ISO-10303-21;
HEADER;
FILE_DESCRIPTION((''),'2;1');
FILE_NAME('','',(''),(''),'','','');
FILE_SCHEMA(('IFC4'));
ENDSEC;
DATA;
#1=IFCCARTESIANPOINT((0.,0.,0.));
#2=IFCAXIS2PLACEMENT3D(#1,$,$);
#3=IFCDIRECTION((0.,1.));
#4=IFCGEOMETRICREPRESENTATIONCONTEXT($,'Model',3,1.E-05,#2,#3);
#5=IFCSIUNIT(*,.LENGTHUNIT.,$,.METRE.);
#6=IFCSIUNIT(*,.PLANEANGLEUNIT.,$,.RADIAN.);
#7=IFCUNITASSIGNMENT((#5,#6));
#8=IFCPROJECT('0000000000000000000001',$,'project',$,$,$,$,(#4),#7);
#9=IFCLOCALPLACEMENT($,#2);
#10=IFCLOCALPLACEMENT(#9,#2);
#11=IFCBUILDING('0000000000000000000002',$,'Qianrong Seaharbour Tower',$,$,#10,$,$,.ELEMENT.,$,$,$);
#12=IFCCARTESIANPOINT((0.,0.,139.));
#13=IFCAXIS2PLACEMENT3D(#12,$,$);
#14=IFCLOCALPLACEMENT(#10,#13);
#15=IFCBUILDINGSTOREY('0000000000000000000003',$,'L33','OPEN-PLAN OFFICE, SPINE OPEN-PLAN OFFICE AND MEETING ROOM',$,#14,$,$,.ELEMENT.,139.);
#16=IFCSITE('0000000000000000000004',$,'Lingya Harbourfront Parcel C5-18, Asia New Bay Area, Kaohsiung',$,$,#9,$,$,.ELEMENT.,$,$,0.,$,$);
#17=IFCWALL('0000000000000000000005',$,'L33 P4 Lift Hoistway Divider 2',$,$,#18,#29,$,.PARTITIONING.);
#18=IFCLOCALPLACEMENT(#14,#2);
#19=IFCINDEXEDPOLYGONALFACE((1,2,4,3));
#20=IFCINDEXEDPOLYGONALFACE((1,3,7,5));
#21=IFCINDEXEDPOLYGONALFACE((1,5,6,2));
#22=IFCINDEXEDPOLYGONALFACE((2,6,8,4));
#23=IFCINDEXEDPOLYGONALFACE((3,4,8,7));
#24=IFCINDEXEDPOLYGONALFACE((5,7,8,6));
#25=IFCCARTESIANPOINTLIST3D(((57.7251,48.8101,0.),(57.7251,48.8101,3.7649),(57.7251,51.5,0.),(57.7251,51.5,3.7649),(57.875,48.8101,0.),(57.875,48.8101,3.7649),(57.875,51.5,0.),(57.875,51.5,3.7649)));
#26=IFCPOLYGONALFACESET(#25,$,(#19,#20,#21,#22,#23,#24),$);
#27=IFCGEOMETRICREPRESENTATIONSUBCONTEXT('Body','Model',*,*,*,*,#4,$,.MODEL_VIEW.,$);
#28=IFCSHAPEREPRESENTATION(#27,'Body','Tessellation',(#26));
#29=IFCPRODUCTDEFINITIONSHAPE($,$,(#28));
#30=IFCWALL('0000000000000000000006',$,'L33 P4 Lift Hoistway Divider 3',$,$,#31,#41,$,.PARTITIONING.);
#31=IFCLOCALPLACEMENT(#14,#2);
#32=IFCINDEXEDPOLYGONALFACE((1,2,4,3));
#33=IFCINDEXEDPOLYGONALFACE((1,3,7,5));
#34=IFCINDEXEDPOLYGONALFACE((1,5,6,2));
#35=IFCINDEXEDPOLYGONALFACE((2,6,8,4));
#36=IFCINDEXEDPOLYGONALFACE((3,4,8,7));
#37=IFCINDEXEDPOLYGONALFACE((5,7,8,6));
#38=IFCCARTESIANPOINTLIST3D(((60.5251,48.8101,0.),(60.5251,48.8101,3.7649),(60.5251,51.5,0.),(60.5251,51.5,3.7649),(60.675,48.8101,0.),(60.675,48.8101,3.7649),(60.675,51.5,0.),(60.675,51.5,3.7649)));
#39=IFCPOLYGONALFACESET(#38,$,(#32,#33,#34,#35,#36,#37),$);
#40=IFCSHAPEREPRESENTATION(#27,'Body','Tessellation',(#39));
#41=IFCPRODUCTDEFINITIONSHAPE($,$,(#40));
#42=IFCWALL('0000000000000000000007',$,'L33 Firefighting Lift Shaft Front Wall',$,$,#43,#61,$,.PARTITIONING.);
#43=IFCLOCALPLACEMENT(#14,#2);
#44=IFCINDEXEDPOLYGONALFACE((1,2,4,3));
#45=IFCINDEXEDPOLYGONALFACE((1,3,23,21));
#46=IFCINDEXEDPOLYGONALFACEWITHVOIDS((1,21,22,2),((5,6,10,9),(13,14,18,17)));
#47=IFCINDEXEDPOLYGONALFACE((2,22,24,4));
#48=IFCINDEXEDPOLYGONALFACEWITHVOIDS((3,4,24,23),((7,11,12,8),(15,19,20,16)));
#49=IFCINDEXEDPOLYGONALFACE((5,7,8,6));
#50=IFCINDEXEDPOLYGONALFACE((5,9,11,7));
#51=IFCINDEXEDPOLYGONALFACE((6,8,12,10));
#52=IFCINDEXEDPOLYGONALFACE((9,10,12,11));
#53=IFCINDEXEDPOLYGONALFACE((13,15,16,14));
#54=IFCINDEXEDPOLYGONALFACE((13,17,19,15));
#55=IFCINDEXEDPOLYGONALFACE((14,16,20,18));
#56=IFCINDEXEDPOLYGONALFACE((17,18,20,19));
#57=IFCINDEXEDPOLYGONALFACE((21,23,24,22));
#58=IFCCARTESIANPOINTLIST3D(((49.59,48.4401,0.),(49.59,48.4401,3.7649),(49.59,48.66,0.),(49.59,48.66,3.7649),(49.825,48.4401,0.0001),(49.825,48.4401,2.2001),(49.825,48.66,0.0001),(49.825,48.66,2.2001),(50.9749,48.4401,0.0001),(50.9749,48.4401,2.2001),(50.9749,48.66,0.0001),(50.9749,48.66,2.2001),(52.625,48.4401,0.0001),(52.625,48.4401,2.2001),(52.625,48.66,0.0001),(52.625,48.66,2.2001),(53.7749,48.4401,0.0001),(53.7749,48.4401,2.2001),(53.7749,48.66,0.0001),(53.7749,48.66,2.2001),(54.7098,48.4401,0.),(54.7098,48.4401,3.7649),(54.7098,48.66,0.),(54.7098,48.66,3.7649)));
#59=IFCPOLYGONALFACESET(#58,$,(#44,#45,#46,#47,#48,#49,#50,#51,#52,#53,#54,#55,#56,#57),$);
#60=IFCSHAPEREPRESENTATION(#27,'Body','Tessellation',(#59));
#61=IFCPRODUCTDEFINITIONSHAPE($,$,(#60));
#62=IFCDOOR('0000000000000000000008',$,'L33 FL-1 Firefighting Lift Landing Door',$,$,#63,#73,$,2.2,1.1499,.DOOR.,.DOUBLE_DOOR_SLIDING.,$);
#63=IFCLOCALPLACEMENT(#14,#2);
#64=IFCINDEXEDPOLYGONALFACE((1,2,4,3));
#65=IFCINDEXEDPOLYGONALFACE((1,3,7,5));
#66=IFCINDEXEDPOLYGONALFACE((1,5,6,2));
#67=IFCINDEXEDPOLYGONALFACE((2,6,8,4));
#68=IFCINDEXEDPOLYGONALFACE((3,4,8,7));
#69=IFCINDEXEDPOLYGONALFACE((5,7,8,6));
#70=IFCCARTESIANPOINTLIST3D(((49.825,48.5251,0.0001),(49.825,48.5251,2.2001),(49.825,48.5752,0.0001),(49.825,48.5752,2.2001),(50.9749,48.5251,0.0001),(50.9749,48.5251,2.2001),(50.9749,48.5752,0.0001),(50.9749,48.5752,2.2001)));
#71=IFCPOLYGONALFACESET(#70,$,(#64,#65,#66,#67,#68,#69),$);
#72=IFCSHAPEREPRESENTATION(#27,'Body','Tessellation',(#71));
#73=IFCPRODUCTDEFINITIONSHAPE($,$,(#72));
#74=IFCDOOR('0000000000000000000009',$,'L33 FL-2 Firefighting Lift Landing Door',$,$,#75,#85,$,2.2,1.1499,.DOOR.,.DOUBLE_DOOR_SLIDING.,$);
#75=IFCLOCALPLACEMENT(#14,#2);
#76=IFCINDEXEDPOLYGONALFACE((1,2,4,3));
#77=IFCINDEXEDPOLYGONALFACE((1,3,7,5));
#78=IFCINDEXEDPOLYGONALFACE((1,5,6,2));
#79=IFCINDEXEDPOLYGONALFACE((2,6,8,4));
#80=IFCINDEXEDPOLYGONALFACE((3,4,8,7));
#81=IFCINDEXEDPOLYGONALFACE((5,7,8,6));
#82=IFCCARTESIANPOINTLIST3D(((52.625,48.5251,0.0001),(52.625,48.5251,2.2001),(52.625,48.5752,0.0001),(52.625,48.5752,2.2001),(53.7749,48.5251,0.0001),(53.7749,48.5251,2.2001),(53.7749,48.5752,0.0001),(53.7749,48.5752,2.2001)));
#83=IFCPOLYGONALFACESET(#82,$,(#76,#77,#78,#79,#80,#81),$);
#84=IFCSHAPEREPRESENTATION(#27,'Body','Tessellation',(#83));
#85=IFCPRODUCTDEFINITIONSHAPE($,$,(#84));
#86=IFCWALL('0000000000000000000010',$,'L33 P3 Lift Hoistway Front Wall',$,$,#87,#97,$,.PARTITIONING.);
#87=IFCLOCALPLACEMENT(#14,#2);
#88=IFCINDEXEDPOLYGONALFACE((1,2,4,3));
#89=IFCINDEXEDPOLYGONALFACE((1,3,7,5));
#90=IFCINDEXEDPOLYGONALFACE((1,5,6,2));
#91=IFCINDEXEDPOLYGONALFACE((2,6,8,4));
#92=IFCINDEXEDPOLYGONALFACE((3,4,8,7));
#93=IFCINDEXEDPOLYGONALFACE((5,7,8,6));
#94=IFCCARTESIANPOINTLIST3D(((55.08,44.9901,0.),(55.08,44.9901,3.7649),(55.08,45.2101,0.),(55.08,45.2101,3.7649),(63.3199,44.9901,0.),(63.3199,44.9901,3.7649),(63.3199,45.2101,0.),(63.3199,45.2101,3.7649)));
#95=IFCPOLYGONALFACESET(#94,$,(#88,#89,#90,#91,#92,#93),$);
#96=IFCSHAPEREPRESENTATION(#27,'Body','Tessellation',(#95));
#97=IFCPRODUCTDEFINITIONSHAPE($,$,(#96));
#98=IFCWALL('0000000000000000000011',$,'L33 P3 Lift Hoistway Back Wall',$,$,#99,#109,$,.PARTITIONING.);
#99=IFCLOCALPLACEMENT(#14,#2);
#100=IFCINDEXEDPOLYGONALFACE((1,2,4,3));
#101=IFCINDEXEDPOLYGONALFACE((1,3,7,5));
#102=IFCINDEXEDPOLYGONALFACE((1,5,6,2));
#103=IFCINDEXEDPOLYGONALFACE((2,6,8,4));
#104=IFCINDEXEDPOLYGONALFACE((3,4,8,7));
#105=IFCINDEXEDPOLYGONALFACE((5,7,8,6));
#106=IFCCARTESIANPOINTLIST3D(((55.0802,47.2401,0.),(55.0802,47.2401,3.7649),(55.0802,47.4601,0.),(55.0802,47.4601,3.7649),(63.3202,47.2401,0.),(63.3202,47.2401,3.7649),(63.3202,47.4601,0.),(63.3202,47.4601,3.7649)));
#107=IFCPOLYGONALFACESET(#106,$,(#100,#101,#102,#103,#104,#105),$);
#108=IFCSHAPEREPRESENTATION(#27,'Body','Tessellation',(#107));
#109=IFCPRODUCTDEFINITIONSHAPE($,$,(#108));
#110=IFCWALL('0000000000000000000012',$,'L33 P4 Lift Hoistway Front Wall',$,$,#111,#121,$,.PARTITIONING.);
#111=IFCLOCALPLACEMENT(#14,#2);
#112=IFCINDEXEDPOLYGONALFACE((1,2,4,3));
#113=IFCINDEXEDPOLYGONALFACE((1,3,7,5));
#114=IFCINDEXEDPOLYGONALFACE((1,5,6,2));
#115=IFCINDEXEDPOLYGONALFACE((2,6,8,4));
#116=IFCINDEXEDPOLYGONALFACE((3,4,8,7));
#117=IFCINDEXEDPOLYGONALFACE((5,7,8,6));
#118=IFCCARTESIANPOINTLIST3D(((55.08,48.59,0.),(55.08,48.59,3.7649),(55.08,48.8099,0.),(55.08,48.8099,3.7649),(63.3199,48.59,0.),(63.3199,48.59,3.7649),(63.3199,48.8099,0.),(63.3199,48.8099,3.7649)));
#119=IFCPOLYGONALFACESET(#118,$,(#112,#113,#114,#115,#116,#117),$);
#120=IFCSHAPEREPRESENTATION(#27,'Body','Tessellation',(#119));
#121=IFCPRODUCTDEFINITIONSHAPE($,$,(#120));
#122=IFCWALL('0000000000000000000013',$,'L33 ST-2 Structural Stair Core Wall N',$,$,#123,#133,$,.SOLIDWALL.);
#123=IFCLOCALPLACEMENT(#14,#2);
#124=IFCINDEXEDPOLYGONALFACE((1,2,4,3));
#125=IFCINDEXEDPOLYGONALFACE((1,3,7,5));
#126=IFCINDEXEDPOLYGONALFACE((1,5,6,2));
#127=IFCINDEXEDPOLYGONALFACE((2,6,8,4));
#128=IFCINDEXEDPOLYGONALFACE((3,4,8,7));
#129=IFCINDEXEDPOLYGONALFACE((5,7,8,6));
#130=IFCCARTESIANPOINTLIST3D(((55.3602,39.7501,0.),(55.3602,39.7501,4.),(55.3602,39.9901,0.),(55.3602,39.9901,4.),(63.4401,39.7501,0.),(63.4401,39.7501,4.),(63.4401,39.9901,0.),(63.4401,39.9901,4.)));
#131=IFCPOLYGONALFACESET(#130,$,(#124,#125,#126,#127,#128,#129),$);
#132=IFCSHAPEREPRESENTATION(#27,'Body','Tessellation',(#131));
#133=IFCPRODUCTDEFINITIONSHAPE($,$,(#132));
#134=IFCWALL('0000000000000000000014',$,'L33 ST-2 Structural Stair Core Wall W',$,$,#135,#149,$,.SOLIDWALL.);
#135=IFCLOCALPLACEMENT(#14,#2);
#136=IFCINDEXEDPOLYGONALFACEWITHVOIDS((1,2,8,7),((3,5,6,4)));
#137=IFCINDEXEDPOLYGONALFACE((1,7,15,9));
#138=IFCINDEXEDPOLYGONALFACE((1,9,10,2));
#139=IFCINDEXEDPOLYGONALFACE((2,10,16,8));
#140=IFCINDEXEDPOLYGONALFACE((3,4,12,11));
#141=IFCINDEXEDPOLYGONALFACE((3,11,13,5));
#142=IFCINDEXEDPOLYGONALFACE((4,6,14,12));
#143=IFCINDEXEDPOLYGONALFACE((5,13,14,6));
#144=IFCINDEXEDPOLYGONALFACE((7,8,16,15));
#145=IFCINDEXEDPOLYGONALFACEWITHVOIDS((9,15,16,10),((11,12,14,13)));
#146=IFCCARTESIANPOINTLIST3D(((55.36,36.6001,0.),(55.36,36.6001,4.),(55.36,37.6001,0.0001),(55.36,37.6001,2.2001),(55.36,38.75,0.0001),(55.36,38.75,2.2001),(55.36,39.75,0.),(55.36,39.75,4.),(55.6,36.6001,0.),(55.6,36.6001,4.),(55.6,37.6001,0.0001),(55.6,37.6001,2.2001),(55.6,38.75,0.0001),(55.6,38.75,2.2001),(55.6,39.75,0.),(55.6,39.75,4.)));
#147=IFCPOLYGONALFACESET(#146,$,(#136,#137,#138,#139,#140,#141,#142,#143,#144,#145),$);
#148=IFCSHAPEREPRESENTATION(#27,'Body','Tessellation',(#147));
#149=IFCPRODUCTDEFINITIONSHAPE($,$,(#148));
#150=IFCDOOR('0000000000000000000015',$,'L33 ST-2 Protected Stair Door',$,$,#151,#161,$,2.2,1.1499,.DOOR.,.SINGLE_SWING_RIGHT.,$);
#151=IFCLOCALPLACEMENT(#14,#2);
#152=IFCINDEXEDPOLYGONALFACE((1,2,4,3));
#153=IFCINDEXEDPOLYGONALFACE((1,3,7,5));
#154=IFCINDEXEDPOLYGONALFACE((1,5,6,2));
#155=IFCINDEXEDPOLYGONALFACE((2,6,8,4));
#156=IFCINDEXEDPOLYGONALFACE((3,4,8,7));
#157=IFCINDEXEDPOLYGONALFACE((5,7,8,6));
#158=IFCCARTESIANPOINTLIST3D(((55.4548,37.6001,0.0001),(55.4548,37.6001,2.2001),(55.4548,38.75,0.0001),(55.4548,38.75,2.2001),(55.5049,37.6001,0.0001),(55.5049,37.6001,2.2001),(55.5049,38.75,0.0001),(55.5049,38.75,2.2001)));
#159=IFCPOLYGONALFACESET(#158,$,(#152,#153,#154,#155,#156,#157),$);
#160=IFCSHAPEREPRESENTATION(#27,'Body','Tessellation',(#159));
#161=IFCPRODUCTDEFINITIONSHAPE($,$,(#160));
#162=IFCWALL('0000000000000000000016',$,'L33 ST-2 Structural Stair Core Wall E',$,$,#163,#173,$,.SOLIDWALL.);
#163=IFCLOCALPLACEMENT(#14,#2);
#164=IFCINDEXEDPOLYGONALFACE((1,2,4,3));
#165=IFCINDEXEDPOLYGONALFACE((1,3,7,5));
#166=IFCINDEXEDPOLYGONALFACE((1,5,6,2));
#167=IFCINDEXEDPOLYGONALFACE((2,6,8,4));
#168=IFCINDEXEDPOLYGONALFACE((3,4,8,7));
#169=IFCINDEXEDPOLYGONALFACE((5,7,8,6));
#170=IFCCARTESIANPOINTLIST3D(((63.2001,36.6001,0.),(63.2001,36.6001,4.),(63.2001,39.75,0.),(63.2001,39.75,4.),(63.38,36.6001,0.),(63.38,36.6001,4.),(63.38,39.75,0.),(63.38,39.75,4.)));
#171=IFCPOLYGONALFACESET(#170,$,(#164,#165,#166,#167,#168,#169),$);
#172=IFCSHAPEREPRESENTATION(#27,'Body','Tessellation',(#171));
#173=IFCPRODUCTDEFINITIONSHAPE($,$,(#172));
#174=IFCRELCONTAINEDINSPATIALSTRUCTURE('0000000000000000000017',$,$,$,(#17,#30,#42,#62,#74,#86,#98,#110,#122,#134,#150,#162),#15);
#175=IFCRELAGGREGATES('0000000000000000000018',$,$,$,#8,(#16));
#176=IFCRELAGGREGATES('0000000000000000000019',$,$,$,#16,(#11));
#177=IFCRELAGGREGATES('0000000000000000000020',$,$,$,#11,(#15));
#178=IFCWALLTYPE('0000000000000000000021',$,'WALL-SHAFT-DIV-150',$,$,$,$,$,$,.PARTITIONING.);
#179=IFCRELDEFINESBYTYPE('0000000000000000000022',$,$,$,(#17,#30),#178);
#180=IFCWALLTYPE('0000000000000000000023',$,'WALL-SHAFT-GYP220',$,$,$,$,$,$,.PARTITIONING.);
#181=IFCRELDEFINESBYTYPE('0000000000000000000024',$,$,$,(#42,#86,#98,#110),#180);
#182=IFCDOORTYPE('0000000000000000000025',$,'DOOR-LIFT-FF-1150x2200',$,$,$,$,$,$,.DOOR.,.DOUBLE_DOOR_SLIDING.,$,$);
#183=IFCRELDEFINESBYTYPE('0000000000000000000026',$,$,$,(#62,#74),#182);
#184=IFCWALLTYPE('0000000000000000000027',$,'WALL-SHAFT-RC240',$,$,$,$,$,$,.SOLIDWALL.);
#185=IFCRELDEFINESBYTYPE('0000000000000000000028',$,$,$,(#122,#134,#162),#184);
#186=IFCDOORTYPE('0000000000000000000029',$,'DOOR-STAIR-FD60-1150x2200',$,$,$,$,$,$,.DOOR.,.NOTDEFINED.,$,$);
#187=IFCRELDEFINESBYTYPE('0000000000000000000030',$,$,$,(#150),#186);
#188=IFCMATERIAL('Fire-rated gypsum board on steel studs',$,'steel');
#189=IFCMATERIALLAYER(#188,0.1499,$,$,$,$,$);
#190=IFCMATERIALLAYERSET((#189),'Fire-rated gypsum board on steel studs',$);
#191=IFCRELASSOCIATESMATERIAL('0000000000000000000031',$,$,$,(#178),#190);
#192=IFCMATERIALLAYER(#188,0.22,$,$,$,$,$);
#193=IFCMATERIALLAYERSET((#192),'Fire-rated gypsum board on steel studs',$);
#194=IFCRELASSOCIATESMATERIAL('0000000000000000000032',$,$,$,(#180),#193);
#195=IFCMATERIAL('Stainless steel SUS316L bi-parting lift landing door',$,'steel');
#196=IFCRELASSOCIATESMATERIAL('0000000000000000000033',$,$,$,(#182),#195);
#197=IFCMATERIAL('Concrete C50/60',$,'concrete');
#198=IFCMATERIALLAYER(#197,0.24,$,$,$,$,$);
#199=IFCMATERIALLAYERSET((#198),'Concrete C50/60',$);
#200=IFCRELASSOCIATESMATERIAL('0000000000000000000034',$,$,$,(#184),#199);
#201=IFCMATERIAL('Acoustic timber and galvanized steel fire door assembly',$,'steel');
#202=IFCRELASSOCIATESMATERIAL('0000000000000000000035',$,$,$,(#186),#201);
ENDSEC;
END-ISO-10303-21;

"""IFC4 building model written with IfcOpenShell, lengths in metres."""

from ifc_helpers import new_model, si_unit, direction, frame, frame_2d, origin, place, context, subcontext, project, spatial, rectangle, extrude, material, layer, layer_set, type_object, element, fill, save


model = new_model("IFC4")

# Units and contexts
model_context = context("Model", 3, precision=1e-05, world=origin(), true_north=direction((0.0, 1.0)))
body_context = subcontext(model_context, "Body", "Model", "MODEL_VIEW")
ifc_project = project(units=[si_unit("LENGTHUNIT", "METRE"), si_unit("PLANEANGLEUNIT", "RADIAN")], contexts=[model_context])

# Site, building, storey
site_placement = place(None, origin())
site = spatial("IfcSite", under=ifc_project, at=site_placement, Name="Lingya Harbourfront Parcel C5-18, Asia New Bay Area, Kaohsiung", CompositionType="ELEMENT", RefElevation=0.0)
building_placement = place(site_placement, origin())
building = spatial("IfcBuilding", under=site, at=building_placement, Name="Qianrong Seaharbour Tower", CompositionType="ELEMENT")
storey_placement = place(building_placement, frame((0.0, 0.0, 139.0)))
storey = spatial("IfcBuildingStorey", under=building, at=storey_placement, Name="L33", Description="OPEN-PLAN OFFICE, SPINE OPEN-PLAN OFFICE AND MEETING ROOM", CompositionType="ELEMENT", Elevation=139.0)

# Shared definitions
ifc_material_1 = material(Name="Acoustic timber and galvanized steel fire door assembly", Category="steel")

# Walls
ifc_material_2 = material(Name="Fire-rated gypsum board on steel studs", Category="steel")
ifc_layer_1 = layer(ifc_material_2, 0.1499)
ifc_layer_set_1 = layer_set([ifc_layer_1], Name="Fire-rated gypsum board on steel studs")
wall_type_1 = type_object("IfcWallType", Name="WALL-SHAFT-DIV-150", PredefinedType="PARTITIONING", material=ifc_layer_set_1)
for number, where, z_axis, x_axis, name in (
    (1, (57.8, 48.8101, 0.0), (0.0, 0.0, 1.0), (0.0, 1.0, 0.0), "L33 P4 Lift Hoistway Divider 2"),
    (2, (60.6001, 48.8101, 0.0), (0.0, 0.0, 1.0), (0.0, 1.0, 0.0), "L33 P4 Lift Hoistway Divider 3"),
):
    element("IfcWall", number, at=place(storey_placement, frame(where, z_axis=z_axis, x_axis=x_axis)), inside=storey, type_object=wall_type_1, Name=name, PredefinedType="PARTITIONING", context=body_context, shape_type="SweptSolid", body=[
        extrude(rectangle(XDim=2.6899, YDim=0.1499, at=frame_2d((1.345, 0.0))), origin(), (0.0, 0.0, 1.0), 3.7649),
    ])

# Wall, openings, doors
ifc_layer_2 = layer(ifc_material_2, 0.22)
ifc_layer_set_2 = layer_set([ifc_layer_2], Name="Fire-rated gypsum board on steel studs")
wall_type_2 = type_object("IfcWallType", Name="WALL-SHAFT-GYP220", PredefinedType="PARTITIONING", material=ifc_layer_set_2)
wall_1_placement = place(storey_placement, frame((54.71, 48.55, 0.0), z_axis=(0.0, 0.0, 1.0), x_axis=(-1.0, 0.0, 0.0)))
wall_1 = element("IfcWall", 3, at=wall_1_placement, inside=storey, type_object=wall_type_2, Name="L33 Firefighting Lift Shaft Front Wall", PredefinedType="PARTITIONING", context=body_context, shape_type="SweptSolid", body=[
    extrude(rectangle(XDim=5.1199, YDim=0.22, at=frame_2d((2.5601, 0.0))), origin(), (0.0, 0.0, 1.0), 3.7649),
])
opening_1_placement = place(wall_1_placement, frame((3.7351, 0.0, 0.0)))
opening_1 = element("IfcOpeningElement", 4, at=opening_1_placement, cuts=wall_1, PredefinedType="OPENING", context=body_context, shape_type="SweptSolid", body=[
    extrude(rectangle(XDim=1.1499, YDim=2.2, at=frame_2d((0.575, 1.1001))), frame((0.0, 0.1201, 0.0), z_axis=(0.0, -1.0, 0.0), x_axis=(1.0, 0.0, 0.0)), (0.0, 0.0, 1.0), 0.24),
])
opening_2_placement = place(wall_1_placement, frame((0.9351, 0.0, 0.0)))
opening_2 = element("IfcOpeningElement", 5, at=opening_2_placement, cuts=wall_1, PredefinedType="OPENING", context=body_context, shape_type="SweptSolid", body=[
    extrude(rectangle(XDim=1.1499, YDim=2.2, at=frame_2d((0.575, 1.1001))), frame((0.0, 0.1201, 0.0), z_axis=(0.0, -1.0, 0.0), x_axis=(1.0, 0.0, 0.0)), (0.0, 0.0, 1.0), 0.24),
])
ifc_material_3 = material(Name="Stainless steel SUS316L bi-parting lift landing door", Category="steel")
door_type_1 = type_object("IfcDoorType", Name="DOOR-LIFT-FF-1150x2200", OperationType="DOUBLE_DOOR_SLIDING", PredefinedType="DOOR", material=ifc_material_3)
door_1_placement = place(opening_1_placement, origin())
door_1 = element("IfcDoor", 6, at=door_1_placement, inside=storey, type_object=door_type_1, Name="L33 FL-1 Firefighting Lift Landing Door", OperationType="DOUBLE_DOOR_SLIDING", OverallHeight=2.2, OverallWidth=1.1499, PredefinedType="DOOR", context=body_context, shape_type="SweptSolid", body=[
    extrude(rectangle(XDim=1.1499, YDim=2.2, at=frame_2d((0.575, 1.1001))), frame((0.0, 0.0249, 0.0), z_axis=(0.0, -1.0, 0.0), x_axis=(1.0, 0.0, 0.0)), (0.0, 0.0, 1.0), 0.05),
])
fill(opening_1, door_1)
door_2_placement = place(opening_2_placement, origin())
door_2 = element("IfcDoor", 7, at=door_2_placement, inside=storey, type_object=door_type_1, Name="L33 FL-2 Firefighting Lift Landing Door", OperationType="DOUBLE_DOOR_SLIDING", OverallHeight=2.2, OverallWidth=1.1499, PredefinedType="DOOR", context=body_context, shape_type="SweptSolid", body=[
    extrude(rectangle(XDim=1.1499, YDim=2.2, at=frame_2d((0.575, 1.1001))), frame((0.0, 0.0249, 0.0), z_axis=(0.0, -1.0, 0.0), x_axis=(1.0, 0.0, 0.0)), (0.0, 0.0, 1.0), 0.05),
])
fill(opening_2, door_2)

# Walls
for number, where, z_axis, x_axis, name in (
    (8, (63.3201, 45.1001, 0.0), (0.0, 0.0, 1.0), (-1.0, 0.0, 0.0), "L33 P3 Lift Hoistway Front Wall"),
    (9, (55.0801, 47.3501, 0.0), (0.0, 0.0, 1.0), (1.0, 0.0, 0.0), "L33 P3 Lift Hoistway Back Wall"),
    (10, (63.3201, 48.7, 0.0), (0.0, 0.0, 1.0), (-1.0, 0.0, 0.0), "L33 P4 Lift Hoistway Front Wall"),
):
    element("IfcWall", number, at=place(storey_placement, frame(where, z_axis=z_axis, x_axis=x_axis)), inside=storey, type_object=wall_type_2, Name=name, PredefinedType="PARTITIONING", context=body_context, shape_type="SweptSolid", body=[
        extrude(rectangle(XDim=8.24, YDim=0.22, at=frame_2d((4.1201, 0.0))), origin(), (0.0, 0.0, 1.0), 3.7649),
    ])
ifc_material_4 = material(Name="Concrete C50/60", Category="concrete")
ifc_layer_3 = layer(ifc_material_4, 0.24)
ifc_layer_set_3 = layer_set([ifc_layer_3], Name="Concrete C50/60")
wall_type_3 = type_object("IfcWallType", Name="WALL-SHAFT-RC240", PredefinedType="SOLIDWALL", material=ifc_layer_set_3)
wall_2_placement = place(storey_placement, frame((55.3601, 39.8701, 0.0), z_axis=(0.0, 0.0, 1.0), x_axis=(1.0, 0.0, 0.0)))
element("IfcWall", 11, at=wall_2_placement, inside=storey, type_object=wall_type_3, Name="L33 ST-2 Structural Stair Core Wall N", PredefinedType="SOLIDWALL", context=body_context, shape_type="SweptSolid", body=[
    extrude(rectangle(XDim=8.0798, YDim=0.24, at=frame_2d((4.04, 0.0))), origin(), (0.0, 0.0, 1.0), 4.0),
])

# Wall, opening, door
wall_3_placement = place(storey_placement, frame((55.48, 39.75, 0.0), z_axis=(0.0, 0.0, 1.0), x_axis=(0.0, -1.0, 0.0)))
wall_3 = element("IfcWall", 12, at=wall_3_placement, inside=storey, type_object=wall_type_3, Name="L33 ST-2 Structural Stair Core Wall W", PredefinedType="SOLIDWALL", context=body_context, shape_type="SweptSolid", body=[
    extrude(rectangle(XDim=3.1499, YDim=0.24, at=frame_2d((1.575, 0.0))), origin(), (0.0, 0.0, 1.0), 4.0),
])
opening_3_placement = place(wall_3_placement, frame((1.0, 0.0, 0.0)))
opening_3 = element("IfcOpeningElement", 13, at=opening_3_placement, cuts=wall_3, PredefinedType="OPENING", context=body_context, shape_type="SweptSolid", body=[
    extrude(rectangle(XDim=1.1499, YDim=2.2, at=frame_2d((0.575, 1.1001))), frame((0.0, 0.1299, 0.0), z_axis=(0.0, -1.0, 0.0), x_axis=(1.0, 0.0, 0.0)), (0.0, 0.0, 1.0), 0.26),
])
door_type_2 = type_object("IfcDoorType", Name="DOOR-STAIR-FD60-1150x2200", OperationType="NOTDEFINED", PredefinedType="DOOR", material=ifc_material_1)
door_3_placement = place(opening_3_placement, origin())
door_3 = element("IfcDoor", 14, at=door_3_placement, inside=storey, type_object=door_type_2, Name="L33 ST-2 Protected Stair Door", OperationType="SINGLE_SWING_RIGHT", OverallHeight=2.2, OverallWidth=1.1499, PredefinedType="DOOR", context=body_context, shape_type="SweptSolid", body=[
    extrude(rectangle(XDim=1.1499, YDim=2.2, at=frame_2d((0.575, 1.1001))), frame((0.0, 0.0249, 0.0), z_axis=(0.0, -1.0, 0.0), x_axis=(1.0, 0.0, 0.0)), (0.0, 0.0, 1.0), 0.05),
])
fill(opening_3, door_3)

# Wall
wall_4_placement = place(storey_placement, frame((63.29, 36.6001, 0.0), z_axis=(0.0, 0.0, 1.0), x_axis=(0.0, 1.0, 0.0)))
element("IfcWall", 15, at=wall_4_placement, inside=storey, type_object=wall_type_3, Name="L33 ST-2 Structural Stair Core Wall E", PredefinedType="SOLIDWALL", context=body_context, shape_type="SweptSolid", body=[
    extrude(rectangle(XDim=3.1499, YDim=0.1799, at=frame_2d((1.575, 0.0))), origin(), (0.0, 0.0, 1.0), 4.0),
])

save(model, "model.ifc")
